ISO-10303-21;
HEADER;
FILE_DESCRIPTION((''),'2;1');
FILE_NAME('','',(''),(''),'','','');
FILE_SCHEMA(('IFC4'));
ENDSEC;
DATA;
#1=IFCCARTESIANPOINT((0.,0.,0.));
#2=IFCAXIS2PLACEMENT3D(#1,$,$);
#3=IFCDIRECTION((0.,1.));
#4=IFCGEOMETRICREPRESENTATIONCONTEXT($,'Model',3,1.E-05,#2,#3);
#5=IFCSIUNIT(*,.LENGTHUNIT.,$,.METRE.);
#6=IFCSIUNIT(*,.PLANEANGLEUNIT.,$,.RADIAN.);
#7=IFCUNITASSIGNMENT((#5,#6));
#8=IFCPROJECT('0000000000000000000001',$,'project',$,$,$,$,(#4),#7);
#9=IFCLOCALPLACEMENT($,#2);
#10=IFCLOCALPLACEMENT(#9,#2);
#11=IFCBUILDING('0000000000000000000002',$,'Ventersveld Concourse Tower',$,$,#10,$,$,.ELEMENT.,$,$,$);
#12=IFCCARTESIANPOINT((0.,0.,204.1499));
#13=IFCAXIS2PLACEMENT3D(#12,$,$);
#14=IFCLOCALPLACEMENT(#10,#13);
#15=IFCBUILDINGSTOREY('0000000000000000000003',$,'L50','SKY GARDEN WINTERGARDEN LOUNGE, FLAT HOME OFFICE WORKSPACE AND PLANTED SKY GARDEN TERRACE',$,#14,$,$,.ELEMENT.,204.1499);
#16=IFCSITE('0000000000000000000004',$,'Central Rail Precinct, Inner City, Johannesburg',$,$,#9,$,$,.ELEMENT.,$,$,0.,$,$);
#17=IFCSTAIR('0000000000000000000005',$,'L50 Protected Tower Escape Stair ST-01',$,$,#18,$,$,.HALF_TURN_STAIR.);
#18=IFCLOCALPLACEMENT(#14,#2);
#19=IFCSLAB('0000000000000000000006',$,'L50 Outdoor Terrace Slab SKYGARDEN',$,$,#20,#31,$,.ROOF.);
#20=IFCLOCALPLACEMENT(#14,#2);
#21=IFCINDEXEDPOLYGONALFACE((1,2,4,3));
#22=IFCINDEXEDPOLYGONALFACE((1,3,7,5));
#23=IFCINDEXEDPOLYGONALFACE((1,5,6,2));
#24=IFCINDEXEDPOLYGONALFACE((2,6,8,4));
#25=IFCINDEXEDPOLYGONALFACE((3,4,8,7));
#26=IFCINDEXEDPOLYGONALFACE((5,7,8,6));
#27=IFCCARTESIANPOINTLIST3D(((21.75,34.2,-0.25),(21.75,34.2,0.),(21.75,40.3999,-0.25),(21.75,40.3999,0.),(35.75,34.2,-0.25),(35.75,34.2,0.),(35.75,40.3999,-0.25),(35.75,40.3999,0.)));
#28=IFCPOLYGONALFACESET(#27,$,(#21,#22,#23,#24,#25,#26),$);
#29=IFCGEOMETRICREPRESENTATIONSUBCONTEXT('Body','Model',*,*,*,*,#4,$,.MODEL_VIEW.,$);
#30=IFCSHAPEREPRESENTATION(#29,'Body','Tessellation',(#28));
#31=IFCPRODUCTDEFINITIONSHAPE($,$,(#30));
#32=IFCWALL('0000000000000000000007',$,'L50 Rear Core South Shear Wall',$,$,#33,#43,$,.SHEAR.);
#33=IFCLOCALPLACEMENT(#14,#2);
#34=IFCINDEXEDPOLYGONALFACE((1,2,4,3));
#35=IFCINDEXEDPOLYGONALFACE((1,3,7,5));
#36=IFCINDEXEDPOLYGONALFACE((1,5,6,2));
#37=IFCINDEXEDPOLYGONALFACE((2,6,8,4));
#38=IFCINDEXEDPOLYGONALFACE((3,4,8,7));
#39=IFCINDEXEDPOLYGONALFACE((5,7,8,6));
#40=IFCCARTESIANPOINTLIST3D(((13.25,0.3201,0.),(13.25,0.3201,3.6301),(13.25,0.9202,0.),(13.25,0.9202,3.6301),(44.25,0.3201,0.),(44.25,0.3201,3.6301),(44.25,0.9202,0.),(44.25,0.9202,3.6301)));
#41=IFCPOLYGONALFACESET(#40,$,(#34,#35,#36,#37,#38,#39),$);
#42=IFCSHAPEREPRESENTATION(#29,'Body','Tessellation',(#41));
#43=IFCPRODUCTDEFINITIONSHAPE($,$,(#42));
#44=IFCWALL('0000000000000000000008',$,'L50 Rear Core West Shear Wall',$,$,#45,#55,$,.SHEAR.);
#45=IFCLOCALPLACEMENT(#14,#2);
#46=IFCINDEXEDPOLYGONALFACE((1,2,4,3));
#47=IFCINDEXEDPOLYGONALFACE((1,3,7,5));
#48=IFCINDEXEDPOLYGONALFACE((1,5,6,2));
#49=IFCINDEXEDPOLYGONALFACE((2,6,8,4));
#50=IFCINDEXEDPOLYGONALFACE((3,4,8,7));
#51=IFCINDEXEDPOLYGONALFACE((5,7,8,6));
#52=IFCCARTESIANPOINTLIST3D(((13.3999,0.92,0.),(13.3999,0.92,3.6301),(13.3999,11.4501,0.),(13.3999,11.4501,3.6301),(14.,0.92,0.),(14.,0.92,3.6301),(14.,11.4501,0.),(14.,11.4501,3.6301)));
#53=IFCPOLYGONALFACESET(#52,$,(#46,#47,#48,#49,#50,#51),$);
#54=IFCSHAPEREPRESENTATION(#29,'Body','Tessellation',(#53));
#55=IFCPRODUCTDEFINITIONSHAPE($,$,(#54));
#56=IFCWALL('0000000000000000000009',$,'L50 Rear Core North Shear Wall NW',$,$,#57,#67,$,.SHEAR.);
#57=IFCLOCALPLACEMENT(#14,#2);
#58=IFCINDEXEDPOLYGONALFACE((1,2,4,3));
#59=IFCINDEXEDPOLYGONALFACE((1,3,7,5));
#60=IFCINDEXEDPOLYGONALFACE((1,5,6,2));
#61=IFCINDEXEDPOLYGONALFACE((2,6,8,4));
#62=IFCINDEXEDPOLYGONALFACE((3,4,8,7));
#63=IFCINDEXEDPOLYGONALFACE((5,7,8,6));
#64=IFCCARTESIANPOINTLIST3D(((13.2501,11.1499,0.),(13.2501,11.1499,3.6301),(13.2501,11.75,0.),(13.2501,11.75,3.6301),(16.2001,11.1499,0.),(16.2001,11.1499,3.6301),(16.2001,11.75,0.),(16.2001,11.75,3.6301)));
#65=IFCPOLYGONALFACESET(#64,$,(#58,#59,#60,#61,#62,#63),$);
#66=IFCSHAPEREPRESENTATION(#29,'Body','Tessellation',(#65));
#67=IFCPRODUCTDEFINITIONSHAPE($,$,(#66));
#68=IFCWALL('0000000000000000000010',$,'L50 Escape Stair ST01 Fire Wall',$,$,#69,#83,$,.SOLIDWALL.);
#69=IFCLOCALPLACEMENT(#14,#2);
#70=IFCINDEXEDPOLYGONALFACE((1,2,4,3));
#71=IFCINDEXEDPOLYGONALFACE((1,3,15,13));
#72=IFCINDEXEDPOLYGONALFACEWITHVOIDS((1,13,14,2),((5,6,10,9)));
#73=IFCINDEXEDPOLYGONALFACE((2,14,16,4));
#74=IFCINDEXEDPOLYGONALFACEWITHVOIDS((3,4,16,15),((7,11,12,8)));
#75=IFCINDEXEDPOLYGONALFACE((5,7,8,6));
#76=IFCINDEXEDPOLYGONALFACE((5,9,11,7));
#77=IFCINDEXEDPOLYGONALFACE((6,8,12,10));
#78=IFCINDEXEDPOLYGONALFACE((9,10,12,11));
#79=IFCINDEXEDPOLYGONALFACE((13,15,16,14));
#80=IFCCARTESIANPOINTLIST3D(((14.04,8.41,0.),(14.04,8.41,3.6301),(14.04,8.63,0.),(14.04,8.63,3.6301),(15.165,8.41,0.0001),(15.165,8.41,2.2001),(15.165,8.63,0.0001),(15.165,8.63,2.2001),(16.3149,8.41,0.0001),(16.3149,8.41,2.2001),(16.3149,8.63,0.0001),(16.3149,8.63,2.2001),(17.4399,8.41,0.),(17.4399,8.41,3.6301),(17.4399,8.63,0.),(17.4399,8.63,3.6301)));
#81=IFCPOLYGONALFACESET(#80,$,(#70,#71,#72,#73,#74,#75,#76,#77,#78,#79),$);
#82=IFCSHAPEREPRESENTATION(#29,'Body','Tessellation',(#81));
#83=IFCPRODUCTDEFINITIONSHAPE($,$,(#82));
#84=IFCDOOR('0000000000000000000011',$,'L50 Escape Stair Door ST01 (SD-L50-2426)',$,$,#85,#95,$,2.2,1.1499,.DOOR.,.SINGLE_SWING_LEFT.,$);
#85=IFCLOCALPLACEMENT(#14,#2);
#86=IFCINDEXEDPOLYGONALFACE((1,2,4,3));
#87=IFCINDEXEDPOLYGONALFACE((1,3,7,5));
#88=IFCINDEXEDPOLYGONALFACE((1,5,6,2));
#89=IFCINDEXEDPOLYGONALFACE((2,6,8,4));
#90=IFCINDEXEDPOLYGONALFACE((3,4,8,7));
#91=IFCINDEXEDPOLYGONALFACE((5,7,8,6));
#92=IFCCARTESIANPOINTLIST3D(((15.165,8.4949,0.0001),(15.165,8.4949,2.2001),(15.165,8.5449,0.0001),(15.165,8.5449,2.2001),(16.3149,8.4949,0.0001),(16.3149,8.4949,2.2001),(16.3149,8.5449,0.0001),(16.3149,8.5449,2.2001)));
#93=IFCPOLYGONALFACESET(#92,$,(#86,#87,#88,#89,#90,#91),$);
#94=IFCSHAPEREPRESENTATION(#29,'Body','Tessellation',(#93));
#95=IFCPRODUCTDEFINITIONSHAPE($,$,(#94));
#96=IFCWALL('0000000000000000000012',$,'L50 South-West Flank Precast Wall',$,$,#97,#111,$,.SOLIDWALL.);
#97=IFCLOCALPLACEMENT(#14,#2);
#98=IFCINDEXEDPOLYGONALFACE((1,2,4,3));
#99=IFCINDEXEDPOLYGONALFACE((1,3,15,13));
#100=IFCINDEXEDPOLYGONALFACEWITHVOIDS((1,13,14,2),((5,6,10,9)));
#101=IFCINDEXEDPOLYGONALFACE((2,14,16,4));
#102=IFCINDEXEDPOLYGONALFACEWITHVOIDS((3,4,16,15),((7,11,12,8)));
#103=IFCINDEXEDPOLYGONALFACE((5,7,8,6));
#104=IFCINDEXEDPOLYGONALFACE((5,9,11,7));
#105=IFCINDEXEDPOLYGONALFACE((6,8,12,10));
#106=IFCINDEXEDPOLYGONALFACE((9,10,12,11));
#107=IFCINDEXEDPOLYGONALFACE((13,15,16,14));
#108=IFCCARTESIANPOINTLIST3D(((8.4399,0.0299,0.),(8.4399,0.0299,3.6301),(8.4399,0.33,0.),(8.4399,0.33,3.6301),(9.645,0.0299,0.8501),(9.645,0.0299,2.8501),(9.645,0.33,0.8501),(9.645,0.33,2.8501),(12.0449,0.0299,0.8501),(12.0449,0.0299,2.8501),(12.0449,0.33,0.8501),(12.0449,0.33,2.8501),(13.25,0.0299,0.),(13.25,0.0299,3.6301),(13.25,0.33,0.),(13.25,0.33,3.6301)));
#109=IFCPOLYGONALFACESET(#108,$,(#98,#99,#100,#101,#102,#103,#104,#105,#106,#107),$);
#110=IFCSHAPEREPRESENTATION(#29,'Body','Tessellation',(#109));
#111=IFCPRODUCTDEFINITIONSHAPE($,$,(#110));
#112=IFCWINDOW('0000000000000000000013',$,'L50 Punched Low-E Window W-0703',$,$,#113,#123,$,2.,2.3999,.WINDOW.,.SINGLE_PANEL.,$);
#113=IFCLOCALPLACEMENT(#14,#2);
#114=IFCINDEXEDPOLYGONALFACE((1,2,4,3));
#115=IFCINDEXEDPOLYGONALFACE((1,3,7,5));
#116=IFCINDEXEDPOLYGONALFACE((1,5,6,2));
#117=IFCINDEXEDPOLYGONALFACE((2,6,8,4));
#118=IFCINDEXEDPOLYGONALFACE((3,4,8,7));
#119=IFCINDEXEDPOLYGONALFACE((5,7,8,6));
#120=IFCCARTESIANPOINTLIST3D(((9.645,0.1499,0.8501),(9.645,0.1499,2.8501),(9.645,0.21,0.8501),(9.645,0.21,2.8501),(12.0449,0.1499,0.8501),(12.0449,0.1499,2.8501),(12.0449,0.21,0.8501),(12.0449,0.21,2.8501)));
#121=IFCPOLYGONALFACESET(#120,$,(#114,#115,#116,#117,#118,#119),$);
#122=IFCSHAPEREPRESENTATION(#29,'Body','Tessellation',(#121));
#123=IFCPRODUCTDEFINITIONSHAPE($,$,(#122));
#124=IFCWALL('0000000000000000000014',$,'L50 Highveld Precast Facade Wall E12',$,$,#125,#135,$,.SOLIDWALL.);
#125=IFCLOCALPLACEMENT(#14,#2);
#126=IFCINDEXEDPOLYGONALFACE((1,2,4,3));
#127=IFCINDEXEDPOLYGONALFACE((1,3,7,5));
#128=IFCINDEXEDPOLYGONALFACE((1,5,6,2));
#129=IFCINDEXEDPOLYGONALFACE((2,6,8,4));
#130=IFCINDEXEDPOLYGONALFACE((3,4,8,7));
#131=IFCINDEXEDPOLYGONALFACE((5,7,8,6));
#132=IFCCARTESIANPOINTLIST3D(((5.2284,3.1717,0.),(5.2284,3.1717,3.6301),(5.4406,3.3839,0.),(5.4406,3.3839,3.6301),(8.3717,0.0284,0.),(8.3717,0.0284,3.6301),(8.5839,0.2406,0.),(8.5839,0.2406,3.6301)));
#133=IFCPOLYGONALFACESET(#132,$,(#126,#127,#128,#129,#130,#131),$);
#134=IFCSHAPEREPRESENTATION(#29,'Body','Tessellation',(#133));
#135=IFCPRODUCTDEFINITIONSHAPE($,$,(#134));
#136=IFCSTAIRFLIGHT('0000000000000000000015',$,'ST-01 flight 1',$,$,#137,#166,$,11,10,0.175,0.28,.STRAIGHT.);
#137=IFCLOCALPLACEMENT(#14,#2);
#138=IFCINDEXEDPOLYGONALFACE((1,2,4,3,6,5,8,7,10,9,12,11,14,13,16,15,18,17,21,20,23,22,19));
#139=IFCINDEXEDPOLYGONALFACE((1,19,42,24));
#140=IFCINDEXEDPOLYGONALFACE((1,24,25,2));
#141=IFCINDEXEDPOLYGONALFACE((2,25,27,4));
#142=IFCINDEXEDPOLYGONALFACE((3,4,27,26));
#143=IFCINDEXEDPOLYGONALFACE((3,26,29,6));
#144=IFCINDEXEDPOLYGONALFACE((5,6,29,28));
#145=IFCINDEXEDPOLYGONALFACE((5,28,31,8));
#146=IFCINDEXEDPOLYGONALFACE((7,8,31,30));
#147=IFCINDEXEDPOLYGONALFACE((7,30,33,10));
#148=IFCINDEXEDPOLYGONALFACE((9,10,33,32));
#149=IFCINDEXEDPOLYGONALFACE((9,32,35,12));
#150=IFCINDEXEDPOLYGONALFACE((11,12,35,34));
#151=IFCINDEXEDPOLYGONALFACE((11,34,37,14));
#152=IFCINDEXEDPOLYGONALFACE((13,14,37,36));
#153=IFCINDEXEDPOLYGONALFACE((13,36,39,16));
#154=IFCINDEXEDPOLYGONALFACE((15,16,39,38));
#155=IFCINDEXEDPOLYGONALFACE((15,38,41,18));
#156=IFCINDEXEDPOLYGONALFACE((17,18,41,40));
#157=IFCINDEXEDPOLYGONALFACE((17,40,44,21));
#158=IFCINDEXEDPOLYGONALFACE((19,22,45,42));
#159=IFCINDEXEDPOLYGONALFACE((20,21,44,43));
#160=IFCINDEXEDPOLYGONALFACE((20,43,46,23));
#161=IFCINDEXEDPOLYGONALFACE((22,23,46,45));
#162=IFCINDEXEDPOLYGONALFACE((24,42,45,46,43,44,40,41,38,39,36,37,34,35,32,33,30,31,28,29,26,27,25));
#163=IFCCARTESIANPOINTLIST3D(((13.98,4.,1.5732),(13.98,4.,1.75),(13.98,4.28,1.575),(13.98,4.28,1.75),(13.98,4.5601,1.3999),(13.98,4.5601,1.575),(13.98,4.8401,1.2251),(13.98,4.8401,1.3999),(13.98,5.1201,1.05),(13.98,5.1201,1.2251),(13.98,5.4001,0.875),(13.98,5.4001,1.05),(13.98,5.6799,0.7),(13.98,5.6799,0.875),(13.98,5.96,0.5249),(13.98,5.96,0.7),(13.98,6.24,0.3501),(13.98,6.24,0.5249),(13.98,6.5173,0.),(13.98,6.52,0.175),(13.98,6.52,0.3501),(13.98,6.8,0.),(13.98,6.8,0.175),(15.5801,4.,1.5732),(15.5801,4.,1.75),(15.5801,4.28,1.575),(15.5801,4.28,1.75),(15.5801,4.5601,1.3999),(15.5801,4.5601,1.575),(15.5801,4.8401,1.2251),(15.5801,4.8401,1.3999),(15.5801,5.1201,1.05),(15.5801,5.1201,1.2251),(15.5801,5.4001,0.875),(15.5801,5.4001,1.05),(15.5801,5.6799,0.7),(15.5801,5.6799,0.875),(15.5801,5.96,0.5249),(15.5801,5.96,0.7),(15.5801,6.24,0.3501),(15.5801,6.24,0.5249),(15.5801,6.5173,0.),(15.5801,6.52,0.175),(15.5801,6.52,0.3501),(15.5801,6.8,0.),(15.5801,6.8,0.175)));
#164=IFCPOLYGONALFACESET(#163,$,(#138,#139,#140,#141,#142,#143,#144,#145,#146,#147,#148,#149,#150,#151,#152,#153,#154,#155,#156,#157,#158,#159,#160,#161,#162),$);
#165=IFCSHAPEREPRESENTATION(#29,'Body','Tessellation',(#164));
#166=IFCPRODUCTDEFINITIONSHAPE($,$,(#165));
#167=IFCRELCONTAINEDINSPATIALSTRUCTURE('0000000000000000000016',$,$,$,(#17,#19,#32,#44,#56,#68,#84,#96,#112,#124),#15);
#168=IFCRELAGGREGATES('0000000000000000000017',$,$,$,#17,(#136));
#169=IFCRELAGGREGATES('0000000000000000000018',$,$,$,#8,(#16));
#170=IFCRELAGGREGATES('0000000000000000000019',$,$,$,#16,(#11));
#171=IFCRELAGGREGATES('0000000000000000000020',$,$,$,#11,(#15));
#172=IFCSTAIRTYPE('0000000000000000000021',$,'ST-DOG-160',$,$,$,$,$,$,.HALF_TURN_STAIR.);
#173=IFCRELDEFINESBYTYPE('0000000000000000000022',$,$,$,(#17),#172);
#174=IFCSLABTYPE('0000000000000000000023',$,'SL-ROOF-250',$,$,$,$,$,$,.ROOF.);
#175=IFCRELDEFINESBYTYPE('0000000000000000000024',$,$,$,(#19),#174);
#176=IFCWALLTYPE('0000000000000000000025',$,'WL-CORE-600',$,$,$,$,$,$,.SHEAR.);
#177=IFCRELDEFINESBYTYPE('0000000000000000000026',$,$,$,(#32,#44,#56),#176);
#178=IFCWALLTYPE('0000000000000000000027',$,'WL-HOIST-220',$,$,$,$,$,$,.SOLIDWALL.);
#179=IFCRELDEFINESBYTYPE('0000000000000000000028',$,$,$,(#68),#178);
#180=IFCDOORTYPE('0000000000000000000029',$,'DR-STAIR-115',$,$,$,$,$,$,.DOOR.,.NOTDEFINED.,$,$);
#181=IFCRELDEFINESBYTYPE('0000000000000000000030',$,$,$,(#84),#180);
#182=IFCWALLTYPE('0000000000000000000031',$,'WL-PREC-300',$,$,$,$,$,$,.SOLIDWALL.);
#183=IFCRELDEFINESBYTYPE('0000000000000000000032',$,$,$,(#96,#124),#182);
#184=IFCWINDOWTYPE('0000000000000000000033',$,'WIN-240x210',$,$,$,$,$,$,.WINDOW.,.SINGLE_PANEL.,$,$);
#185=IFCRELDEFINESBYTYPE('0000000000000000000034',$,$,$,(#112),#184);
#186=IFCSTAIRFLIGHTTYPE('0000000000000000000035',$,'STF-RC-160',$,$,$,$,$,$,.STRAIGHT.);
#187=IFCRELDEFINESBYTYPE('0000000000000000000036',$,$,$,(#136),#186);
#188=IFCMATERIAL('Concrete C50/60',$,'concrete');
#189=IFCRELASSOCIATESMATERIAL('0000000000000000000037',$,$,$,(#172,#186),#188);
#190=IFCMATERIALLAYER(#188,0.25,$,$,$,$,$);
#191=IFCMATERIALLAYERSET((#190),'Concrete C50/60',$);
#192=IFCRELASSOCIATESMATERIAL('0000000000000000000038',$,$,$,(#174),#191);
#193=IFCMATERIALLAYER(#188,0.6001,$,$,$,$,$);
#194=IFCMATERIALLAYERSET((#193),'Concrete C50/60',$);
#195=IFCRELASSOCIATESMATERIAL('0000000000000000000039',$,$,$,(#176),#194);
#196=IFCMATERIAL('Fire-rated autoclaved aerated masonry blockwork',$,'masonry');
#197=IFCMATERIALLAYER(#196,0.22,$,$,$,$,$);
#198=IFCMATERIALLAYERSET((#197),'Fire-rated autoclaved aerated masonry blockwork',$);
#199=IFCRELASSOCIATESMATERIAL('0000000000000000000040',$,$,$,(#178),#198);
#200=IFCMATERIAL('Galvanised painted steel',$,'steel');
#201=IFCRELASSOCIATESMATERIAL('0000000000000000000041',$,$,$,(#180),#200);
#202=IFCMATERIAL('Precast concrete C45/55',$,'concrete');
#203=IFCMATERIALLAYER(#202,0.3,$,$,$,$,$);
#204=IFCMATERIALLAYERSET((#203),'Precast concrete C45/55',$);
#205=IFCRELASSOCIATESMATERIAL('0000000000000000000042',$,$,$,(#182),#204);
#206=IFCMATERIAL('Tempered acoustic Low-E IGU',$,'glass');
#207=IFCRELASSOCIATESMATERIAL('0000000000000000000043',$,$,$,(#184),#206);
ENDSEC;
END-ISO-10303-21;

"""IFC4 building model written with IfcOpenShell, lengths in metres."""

from ifc_helpers import new_model, si_unit, direction, frame, frame_2d, origin, place, context, subcontext, project, spatial, polyline, rectangle, outline, extrude, material, layer, layer_set, type_object, element, fill, aggregate, save


model = new_model("IFC4")

# Units and contexts
model_context = context("Model", 3, precision=1e-05, world=origin(), true_north=direction((0.0, 1.0)))
body_context = subcontext(model_context, "Body", "Model", "MODEL_VIEW")
ifc_project = project(units=[si_unit("LENGTHUNIT", "METRE"), si_unit("PLANEANGLEUNIT", "RADIAN")], contexts=[model_context])

# Site, building, storey
site_placement = place(None, origin())
site = spatial("IfcSite", under=ifc_project, at=site_placement, Name="Central Rail Precinct, Inner City, Johannesburg", CompositionType="ELEMENT", RefElevation=0.0)
building_placement = place(site_placement, origin())
building = spatial("IfcBuilding", under=site, at=building_placement, Name="Ventersveld Concourse Tower", CompositionType="ELEMENT")
storey_placement = place(building_placement, frame((0.0, 0.0, 204.1499)))
storey = spatial("IfcBuildingStorey", under=building, at=storey_placement, Name="L50", Description="SKY GARDEN WINTERGARDEN LOUNGE, FLAT HOME OFFICE WORKSPACE AND PLANTED SKY GARDEN TERRACE", CompositionType="ELEMENT", Elevation=204.1499)

# Shared definitions
ifc_material_1 = material(Name="Concrete C50/60", Category="concrete")

# Stair
stair_type_1 = type_object("IfcStairType", Name="ST-DOG-160", PredefinedType="HALF_TURN_STAIR", material=ifc_material_1)
stair_1_placement = place(storey_placement, origin())
stair_1 = element("IfcStair", 1, at=stair_1_placement, inside=storey, type_object=stair_type_1, Name="L50 Protected Tower Escape Stair ST-01", PredefinedType="HALF_TURN_STAIR")

# Slab
ifc_layer_1 = layer(ifc_material_1, 0.25)
ifc_layer_set_1 = layer_set([ifc_layer_1], Name="Concrete C50/60")
slab_type_1 = type_object("IfcSlabType", Name="SL-ROOF-250", PredefinedType="ROOF", material=ifc_layer_set_1)
slab_1_placement = place(storey_placement, frame((0.0, 0.0, -0.25)))
element("IfcSlab", 2, at=slab_1_placement, inside=storey, type_object=slab_type_1, Name="L50 Outdoor Terrace Slab SKYGARDEN", PredefinedType="ROOF", context=body_context, shape_type="SweptSolid", body=[
    extrude(outline(polyline([(21.75, 34.2), (35.75, 34.2), (35.75, 40.3999), (21.75, 40.3999), (21.75, 34.2)])), origin(), (0.0, 0.0, 1.0), 0.25),
])

# Walls
ifc_layer_2 = layer(ifc_material_1, 0.6001)
ifc_layer_set_2 = layer_set([ifc_layer_2], Name="Concrete C50/60")
wall_type_1 = type_object("IfcWallType", Name="WL-CORE-600", PredefinedType="SHEAR", material=ifc_layer_set_2)
wall_1_placement = place(storey_placement, frame((13.25, 0.6201, 0.0), z_axis=(0.0, 0.0, 1.0), x_axis=(1.0, 0.0, 0.0)))
element("IfcWall", 3, at=wall_1_placement, inside=storey, type_object=wall_type_1, Name="L50 Rear Core South Shear Wall", PredefinedType="SHEAR", context=body_context, shape_type="SweptSolid", body=[
    extrude(rectangle(XDim=31.0, YDim=0.6001, at=frame_2d((15.5, 0.0))), origin(), (0.0, 0.0, 1.0), 3.6301),
])
wall_2_placement = place(storey_placement, frame((13.7, 0.9199, 0.0), z_axis=(0.0, 0.0, 1.0), x_axis=(0.0, 1.0, 0.0)))
element("IfcWall", 4, at=wall_2_placement, inside=storey, type_object=wall_type_1, Name="L50 Rear Core West Shear Wall", PredefinedType="SHEAR", context=body_context, shape_type="SweptSolid", body=[
    extrude(rectangle(XDim=10.53, YDim=0.6001, at=frame_2d((5.2651, 0.0))), origin(), (0.0, 0.0, 1.0), 3.6301),
])
wall_3_placement = place(storey_placement, frame((13.25, 11.45, 0.0), z_axis=(0.0, 0.0, 1.0), x_axis=(1.0, 0.0, 0.0)))
element("IfcWall", 5, at=wall_3_placement, inside=storey, type_object=wall_type_1, Name="L50 Rear Core North Shear Wall NW", PredefinedType="SHEAR", context=body_context, shape_type="SweptSolid", body=[
    extrude(rectangle(XDim=2.95, YDim=0.6001, at=frame_2d((1.4751, 0.0))), origin(), (0.0, 0.0, 1.0), 3.6301),
])

# Wall, opening, door
ifc_material_2 = material(Name="Fire-rated autoclaved aerated masonry blockwork", Category="masonry")
ifc_layer_3 = layer(ifc_material_2, 0.22)
ifc_layer_set_3 = layer_set([ifc_layer_3], Name="Fire-rated autoclaved aerated masonry blockwork")
wall_type_2 = type_object("IfcWallType", Name="WL-HOIST-220", PredefinedType="SOLIDWALL", material=ifc_layer_set_3)
wall_4_placement = place(storey_placement, frame((14.04, 8.52, 0.0), z_axis=(0.0, 0.0, 1.0), x_axis=(1.0, 0.0, 0.0)))
wall_4 = element("IfcWall", 6, at=wall_4_placement, inside=storey, type_object=wall_type_2, Name="L50 Escape Stair ST01 Fire Wall", PredefinedType="SOLIDWALL", context=body_context, shape_type="SweptSolid", body=[
    extrude(rectangle(XDim=3.3999, YDim=0.22, at=frame_2d((1.7, 0.0))), origin(), (0.0, 0.0, 1.0), 3.6301),
])
opening_1_placement = place(wall_4_placement, frame((1.125, 0.0, 0.0)))
opening_1 = element("IfcOpeningElement", 7, at=opening_1_placement, cuts=wall_4, PredefinedType="OPENING", context=body_context, shape_type="SweptSolid", body=[
    extrude(rectangle(XDim=1.1499, YDim=2.2, at=frame_2d((0.575, 1.1001))), frame((0.0, 0.1201, 0.0), z_axis=(0.0, -1.0, 0.0), x_axis=(1.0, 0.0, 0.0)), (0.0, 0.0, 1.0), 0.24),
])
ifc_material_3 = material(Name="Galvanised painted steel", Category="steel")
door_type = type_object("IfcDoorType", Name="DR-STAIR-115", OperationType="NOTDEFINED", PredefinedType="DOOR", material=ifc_material_3)
door_placement = place(opening_1_placement, origin())
door = element("IfcDoor", 8, at=door_placement, inside=storey, type_object=door_type, Name="L50 Escape Stair Door ST01 (SD-L50-2426)", OperationType="SINGLE_SWING_LEFT", OverallHeight=2.2, OverallWidth=1.1499, PredefinedType="DOOR", context=body_context, shape_type="SweptSolid", body=[
    extrude(rectangle(XDim=1.1499, YDim=2.2, at=frame_2d((0.575, 1.1001))), frame((0.0, 0.0249, 0.0), z_axis=(0.0, -1.0, 0.0), x_axis=(1.0, 0.0, 0.0)), (0.0, 0.0, 1.0), 0.05),
])
fill(opening_1, door)

# Wall, opening, window
ifc_material_4 = material(Name="Precast concrete C45/55", Category="concrete")
ifc_layer_4 = layer(ifc_material_4, 0.3)
ifc_layer_set_4 = layer_set([ifc_layer_4], Name="Precast concrete C45/55")
wall_type_3 = type_object("IfcWallType", Name="WL-PREC-300", PredefinedType="SOLIDWALL", material=ifc_layer_set_4)
wall_5_placement = place(storey_placement, frame((8.4399, 0.1799, 0.0), z_axis=(0.0, 0.0, 1.0), x_axis=(1.0, 0.0, 0.0)))
wall_5 = element("IfcWall", 9, at=wall_5_placement, inside=storey, type_object=wall_type_3, Name="L50 South-West Flank Precast Wall", PredefinedType="SOLIDWALL", context=body_context, shape_type="SweptSolid", body=[
    extrude(rectangle(XDim=4.8101, YDim=0.3, at=frame_2d((2.405, 0.0))), origin(), (0.0, 0.0, 1.0), 3.6301),
])
opening_2_placement = place(wall_5_placement, frame((1.2051, 0.0, 0.8501)))
opening_2 = element("IfcOpeningElement", 10, at=opening_2_placement, cuts=wall_5, PredefinedType="OPENING", context=body_context, shape_type="SweptSolid", body=[
    extrude(rectangle(XDim=2.3999, YDim=2.0, at=frame_2d((1.2, 1.0))), frame((0.0, 0.1602, 0.0), z_axis=(0.0, -1.0, 0.0), x_axis=(1.0, 0.0, 0.0)), (0.0, 0.0, 1.0), 0.3201),
])
ifc_material_5 = material(Name="Tempered acoustic Low-E IGU", Category="glass")
window_type = type_object("IfcWindowType", Name="WIN-240x210", PartitioningType="SINGLE_PANEL", PredefinedType="WINDOW", material=ifc_material_5)
window_placement = place(opening_2_placement, origin())
window = element("IfcWindow", 11, at=window_placement, inside=storey, type_object=window_type, Name="L50 Punched Low-E Window W-0703", OverallHeight=2.0, OverallWidth=2.3999, PartitioningType="SINGLE_PANEL", PredefinedType="WINDOW", context=body_context, shape_type="SweptSolid", body=[
    extrude(rectangle(XDim=2.3999, YDim=2.0, at=frame_2d((1.2, 1.0))), frame((0.0, 0.03, 0.0), z_axis=(0.0, -1.0, 0.0), x_axis=(1.0, 0.0, 0.0)), (0.0, 0.0, 1.0), 0.0601),
])
fill(opening_2, window)

# Wall
wall_6_placement = place(storey_placement, frame((5.3345, 3.2778, 0.0), z_axis=(0.0, 0.0, 1.0), x_axis=(0.707107, -0.707107, 0.0)))
element("IfcWall", 12, at=wall_6_placement, inside=storey, type_object=wall_type_3, Name="L50 Highveld Precast Facade Wall E12", PredefinedType="SOLIDWALL", context=body_context, shape_type="SweptSolid", body=[
    extrude(rectangle(XDim=4.4453, YDim=0.3, at=frame_2d((2.2227, 0.0))), origin(), (0.0, 0.0, 1.0), 3.6301),
])

# Stair flight
stair_flight_type = type_object("IfcStairFlightType", Name="STF-RC-160", PredefinedType="STRAIGHT", material=ifc_material_1)
stair_flight_placement = place(storey_placement, frame((14.78, 6.8, 0.0), z_axis=(0.0, 0.0, 1.0), x_axis=(0.0, -1.0, 0.0)))
stair_flight = element("IfcStairFlight", 13, at=stair_flight_placement, type_object=stair_flight_type, Name="ST-01 flight 1", NumberOfRisers=11, NumberOfTreads=10, PredefinedType="STRAIGHT", RiserHeight=0.175, TreadLength=0.28, context=body_context, shape_type="SweptSolid", body=[
    extrude(outline(polyline([(0.0, 0.0), (0.0, 0.175), (0.28, 0.175), (0.28, 0.3501), (0.5601, 0.3501), (0.5601, 0.5249), (0.8401, 0.5249), (0.8401, 0.7), (1.1201, 0.7), (1.1201, 0.875), (1.3999, 0.875), (1.3999, 1.05), (1.6799, 1.05), (1.6799, 1.2251), (1.96, 1.2251), (1.96, 1.3999), (2.24, 1.3999), (2.24, 1.575), (2.52, 1.575), (2.52, 1.75), (2.8, 1.75), (2.8, 1.925), (2.8, 1.5732), (0.2827, 0.0), (0.0, 0.0)])), frame((0.0, 0.8, 0.0), z_axis=(0.0, -1.0, 0.0), x_axis=(1.0, 0.0, 0.0)), (0.0, 0.0, 1.0), 1.6001),
])
aggregate(stair_1, [stair_flight])

save(model, "model.ifc")
